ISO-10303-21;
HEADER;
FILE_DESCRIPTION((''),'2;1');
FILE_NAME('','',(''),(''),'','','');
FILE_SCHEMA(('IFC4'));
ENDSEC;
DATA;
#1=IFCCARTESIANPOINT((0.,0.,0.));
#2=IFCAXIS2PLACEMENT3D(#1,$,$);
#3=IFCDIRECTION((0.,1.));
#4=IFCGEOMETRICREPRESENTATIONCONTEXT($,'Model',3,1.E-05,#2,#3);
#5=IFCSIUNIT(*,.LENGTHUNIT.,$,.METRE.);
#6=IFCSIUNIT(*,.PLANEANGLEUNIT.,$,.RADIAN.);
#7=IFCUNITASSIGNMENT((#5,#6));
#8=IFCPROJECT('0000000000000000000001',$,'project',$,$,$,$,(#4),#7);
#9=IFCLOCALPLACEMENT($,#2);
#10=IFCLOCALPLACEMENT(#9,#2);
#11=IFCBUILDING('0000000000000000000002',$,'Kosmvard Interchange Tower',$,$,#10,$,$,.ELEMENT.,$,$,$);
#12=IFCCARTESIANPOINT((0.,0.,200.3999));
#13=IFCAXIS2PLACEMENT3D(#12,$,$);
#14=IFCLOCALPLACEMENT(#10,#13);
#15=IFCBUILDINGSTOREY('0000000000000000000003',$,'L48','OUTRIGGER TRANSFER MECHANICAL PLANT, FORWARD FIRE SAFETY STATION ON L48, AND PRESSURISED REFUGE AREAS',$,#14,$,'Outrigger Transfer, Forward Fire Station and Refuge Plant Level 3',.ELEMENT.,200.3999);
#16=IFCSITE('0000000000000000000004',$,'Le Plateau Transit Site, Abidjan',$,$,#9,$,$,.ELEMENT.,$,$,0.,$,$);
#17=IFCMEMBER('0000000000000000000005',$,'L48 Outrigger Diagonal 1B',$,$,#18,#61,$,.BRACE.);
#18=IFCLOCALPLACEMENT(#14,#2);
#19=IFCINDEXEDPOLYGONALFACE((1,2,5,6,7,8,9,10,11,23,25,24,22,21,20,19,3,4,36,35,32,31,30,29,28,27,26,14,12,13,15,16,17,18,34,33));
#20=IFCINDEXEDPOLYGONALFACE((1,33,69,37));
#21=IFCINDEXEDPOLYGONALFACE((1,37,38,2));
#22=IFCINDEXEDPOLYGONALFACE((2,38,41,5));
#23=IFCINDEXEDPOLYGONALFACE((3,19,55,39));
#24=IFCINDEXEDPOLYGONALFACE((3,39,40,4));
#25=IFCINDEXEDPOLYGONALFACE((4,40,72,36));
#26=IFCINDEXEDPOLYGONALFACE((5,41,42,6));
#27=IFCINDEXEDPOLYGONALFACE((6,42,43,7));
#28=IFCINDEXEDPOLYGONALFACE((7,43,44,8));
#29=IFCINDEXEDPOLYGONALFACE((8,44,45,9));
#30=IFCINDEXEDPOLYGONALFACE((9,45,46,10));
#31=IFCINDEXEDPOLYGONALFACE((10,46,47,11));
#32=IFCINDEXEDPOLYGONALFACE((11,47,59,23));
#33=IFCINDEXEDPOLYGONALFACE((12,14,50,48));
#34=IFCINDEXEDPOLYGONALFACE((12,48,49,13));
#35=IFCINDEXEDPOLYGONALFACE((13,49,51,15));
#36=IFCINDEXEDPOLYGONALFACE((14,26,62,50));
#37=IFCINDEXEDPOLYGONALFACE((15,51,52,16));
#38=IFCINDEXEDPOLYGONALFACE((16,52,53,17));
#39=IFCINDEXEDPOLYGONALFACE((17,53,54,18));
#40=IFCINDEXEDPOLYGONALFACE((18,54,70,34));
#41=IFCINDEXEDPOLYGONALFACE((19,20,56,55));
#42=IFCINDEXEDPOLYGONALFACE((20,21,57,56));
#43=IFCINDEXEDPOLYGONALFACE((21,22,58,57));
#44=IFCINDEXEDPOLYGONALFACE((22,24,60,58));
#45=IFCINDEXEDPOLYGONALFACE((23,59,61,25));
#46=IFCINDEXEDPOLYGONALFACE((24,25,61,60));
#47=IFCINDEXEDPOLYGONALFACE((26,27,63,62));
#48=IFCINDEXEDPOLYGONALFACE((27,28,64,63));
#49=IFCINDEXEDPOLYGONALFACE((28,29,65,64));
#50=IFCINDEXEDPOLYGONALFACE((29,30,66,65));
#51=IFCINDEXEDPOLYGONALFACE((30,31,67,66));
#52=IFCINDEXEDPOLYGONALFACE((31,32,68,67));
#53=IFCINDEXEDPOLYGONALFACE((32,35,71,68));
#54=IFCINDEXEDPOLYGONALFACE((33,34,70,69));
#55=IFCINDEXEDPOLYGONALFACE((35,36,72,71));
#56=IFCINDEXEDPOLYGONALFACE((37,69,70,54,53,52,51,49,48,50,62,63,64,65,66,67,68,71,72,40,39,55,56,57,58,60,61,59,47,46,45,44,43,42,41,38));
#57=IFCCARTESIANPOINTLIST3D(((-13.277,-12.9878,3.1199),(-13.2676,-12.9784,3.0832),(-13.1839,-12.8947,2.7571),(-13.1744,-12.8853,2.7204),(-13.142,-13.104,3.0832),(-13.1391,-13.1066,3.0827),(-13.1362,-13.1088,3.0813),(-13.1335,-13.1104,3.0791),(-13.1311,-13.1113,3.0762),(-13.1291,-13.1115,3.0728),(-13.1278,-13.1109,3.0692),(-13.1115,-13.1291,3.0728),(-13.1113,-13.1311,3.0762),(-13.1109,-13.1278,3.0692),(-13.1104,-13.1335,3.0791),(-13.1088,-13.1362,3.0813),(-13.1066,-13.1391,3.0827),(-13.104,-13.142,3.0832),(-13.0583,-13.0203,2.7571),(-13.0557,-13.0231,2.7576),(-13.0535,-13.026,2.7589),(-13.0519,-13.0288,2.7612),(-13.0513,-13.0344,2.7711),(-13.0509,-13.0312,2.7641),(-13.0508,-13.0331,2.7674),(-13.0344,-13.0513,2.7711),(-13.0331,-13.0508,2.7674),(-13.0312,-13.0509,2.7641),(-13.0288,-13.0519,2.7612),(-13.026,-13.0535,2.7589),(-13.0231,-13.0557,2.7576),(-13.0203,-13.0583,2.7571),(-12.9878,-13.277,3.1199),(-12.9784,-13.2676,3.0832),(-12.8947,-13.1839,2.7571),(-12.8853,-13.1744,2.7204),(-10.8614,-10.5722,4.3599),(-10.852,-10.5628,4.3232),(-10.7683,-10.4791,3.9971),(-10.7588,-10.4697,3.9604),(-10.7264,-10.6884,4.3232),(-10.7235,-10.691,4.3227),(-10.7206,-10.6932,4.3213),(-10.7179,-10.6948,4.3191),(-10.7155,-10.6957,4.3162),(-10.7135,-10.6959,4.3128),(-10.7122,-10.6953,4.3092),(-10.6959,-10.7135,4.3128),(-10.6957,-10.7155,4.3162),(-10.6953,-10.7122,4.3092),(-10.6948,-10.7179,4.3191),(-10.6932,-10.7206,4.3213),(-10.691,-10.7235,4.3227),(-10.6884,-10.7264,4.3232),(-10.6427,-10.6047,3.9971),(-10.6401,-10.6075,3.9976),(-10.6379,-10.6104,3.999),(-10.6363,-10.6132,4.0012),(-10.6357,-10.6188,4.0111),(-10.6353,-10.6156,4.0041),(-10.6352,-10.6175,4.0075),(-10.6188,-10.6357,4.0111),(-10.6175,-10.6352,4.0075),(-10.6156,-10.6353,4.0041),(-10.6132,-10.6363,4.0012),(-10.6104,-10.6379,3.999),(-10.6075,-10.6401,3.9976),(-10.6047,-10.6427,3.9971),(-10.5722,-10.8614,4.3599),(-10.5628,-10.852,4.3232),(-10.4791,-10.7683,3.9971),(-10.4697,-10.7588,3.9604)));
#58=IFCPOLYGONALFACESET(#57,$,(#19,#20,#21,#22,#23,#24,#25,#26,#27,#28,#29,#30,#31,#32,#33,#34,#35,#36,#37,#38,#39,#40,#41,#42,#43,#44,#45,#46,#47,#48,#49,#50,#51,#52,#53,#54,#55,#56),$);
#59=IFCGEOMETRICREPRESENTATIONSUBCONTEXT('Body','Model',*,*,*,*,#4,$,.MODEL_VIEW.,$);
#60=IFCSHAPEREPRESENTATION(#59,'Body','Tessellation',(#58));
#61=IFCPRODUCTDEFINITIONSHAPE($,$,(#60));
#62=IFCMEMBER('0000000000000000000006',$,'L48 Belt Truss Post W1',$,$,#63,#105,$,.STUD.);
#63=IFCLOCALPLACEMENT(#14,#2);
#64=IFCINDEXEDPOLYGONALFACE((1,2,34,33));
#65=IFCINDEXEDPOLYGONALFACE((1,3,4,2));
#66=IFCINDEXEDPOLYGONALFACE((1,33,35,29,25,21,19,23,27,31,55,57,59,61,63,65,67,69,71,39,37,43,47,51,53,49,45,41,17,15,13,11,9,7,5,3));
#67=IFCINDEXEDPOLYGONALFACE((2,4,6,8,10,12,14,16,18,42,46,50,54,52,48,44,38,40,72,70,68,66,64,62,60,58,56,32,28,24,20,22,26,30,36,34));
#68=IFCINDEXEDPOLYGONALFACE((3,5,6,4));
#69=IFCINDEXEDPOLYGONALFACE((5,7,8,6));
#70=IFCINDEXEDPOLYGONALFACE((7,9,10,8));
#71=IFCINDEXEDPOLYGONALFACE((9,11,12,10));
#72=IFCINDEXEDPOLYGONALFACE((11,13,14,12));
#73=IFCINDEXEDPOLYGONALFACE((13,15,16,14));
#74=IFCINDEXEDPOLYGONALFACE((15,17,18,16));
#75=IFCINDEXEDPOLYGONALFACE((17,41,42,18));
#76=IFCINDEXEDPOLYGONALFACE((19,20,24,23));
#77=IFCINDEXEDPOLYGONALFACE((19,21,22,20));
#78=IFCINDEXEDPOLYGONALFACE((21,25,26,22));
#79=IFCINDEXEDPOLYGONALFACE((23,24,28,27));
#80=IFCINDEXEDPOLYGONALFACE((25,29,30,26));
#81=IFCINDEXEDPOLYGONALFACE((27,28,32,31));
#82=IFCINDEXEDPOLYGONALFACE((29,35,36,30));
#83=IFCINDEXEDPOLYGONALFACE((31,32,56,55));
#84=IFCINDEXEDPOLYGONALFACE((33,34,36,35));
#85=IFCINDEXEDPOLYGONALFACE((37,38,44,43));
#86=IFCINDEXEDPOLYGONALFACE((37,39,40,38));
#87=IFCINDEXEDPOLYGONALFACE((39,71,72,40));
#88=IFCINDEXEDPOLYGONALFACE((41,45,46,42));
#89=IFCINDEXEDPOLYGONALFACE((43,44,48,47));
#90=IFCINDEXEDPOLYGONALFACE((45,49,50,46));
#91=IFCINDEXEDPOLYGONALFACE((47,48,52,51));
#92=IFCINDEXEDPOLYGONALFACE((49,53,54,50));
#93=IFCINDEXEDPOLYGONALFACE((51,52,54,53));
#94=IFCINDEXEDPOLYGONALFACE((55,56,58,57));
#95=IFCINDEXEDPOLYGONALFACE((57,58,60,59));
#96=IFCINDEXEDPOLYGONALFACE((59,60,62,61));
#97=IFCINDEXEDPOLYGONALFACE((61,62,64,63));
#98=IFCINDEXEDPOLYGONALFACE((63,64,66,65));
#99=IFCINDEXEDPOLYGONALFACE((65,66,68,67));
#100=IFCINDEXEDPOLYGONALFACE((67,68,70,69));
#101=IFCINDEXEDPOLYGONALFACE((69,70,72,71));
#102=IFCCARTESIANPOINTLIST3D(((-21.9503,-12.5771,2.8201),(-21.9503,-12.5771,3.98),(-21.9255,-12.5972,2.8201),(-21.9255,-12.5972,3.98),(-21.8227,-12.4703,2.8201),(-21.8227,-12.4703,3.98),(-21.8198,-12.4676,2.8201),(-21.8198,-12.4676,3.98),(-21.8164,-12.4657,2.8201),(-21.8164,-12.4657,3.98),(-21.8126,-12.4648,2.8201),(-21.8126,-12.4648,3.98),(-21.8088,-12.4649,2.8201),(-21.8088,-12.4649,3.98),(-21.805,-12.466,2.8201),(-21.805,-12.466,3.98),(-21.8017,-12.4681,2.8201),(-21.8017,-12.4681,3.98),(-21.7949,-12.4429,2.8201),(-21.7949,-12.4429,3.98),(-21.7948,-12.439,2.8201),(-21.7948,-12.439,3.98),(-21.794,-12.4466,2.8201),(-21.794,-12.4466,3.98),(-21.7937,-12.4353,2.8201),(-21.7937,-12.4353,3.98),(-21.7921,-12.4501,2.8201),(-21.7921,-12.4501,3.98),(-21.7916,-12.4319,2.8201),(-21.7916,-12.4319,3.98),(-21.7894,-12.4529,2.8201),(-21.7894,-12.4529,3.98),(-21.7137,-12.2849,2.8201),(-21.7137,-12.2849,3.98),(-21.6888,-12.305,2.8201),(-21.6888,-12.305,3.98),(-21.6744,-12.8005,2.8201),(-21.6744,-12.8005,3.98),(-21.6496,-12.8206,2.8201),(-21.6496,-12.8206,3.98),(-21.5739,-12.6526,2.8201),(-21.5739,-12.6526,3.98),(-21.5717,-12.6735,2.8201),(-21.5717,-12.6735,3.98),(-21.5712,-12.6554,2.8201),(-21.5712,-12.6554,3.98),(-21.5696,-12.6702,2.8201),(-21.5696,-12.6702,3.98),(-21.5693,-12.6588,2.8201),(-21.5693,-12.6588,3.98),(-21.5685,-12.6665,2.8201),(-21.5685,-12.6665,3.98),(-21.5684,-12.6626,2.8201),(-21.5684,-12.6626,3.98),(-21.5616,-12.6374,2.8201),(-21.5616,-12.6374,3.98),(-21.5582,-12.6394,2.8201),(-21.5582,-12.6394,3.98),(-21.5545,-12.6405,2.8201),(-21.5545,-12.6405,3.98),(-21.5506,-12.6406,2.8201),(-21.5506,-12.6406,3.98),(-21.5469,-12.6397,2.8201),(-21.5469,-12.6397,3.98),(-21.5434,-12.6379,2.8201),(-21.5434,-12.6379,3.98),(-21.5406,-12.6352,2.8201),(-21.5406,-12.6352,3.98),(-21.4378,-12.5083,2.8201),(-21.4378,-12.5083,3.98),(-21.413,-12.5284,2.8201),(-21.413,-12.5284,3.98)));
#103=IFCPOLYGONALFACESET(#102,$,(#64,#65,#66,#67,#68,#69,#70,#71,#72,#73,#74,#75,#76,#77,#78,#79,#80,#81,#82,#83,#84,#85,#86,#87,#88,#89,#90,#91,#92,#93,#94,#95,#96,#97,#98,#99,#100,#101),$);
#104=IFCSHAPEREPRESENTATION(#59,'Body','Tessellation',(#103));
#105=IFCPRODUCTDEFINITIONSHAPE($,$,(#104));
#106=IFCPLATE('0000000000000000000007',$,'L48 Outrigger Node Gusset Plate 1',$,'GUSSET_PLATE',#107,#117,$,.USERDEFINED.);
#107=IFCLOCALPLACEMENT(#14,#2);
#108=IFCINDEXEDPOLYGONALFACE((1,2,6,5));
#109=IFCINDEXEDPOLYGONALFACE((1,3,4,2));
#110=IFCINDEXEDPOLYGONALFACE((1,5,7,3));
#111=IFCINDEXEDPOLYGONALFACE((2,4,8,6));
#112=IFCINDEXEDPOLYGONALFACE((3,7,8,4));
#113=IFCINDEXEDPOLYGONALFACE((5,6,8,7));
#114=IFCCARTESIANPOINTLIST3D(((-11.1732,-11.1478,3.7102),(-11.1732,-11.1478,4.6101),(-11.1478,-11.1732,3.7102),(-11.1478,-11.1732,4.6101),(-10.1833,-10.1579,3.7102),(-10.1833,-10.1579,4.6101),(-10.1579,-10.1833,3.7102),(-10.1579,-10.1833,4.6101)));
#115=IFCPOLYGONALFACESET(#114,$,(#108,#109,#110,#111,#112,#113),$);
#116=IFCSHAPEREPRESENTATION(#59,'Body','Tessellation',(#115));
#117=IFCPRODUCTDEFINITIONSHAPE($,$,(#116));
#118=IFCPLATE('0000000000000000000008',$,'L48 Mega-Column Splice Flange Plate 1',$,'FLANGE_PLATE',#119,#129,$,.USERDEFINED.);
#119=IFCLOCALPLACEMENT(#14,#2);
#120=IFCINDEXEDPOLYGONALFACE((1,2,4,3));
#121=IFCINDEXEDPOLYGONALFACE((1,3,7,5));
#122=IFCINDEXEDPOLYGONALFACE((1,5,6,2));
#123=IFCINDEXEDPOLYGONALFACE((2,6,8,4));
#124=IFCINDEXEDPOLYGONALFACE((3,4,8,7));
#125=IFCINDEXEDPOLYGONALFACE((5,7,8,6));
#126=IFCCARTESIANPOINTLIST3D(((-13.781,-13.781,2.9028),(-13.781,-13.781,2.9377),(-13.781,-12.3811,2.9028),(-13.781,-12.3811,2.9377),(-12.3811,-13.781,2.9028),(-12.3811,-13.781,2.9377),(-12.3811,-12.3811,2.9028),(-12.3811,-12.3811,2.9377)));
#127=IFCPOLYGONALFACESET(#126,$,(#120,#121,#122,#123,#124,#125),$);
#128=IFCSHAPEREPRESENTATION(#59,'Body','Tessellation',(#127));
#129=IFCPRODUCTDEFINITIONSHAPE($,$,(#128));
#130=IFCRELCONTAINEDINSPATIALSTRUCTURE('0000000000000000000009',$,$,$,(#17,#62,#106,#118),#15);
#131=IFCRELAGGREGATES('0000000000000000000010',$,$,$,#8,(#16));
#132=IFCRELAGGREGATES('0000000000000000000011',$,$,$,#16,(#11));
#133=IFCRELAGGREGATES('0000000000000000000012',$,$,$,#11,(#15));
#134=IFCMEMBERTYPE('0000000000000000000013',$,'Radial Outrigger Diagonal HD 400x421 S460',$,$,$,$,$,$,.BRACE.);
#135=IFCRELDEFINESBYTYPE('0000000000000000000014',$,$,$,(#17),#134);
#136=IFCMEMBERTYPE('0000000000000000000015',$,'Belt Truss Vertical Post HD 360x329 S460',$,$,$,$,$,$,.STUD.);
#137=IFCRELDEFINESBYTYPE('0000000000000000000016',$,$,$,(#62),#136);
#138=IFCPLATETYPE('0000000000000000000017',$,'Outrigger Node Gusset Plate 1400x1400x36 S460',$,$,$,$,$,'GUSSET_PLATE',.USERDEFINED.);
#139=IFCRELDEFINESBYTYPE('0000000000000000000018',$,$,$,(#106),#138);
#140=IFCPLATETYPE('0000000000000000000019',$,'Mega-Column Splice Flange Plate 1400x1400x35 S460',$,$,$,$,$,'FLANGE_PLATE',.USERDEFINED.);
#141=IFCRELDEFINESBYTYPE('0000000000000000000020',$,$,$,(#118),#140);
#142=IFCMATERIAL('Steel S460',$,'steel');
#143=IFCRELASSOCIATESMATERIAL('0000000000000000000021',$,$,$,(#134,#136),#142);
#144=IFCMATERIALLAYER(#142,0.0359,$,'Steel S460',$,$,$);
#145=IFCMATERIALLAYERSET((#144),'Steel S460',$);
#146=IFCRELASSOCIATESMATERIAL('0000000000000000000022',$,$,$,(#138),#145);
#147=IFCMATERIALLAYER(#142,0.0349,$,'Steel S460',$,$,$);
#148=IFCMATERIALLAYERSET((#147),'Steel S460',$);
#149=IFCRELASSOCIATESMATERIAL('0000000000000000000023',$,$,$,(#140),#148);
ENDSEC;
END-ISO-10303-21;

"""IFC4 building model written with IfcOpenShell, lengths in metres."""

from ifc_helpers import new_model, si_unit, direction, frame, origin, origin_2d, place, context, subcontext, project, spatial, rectangle, i_section, extrude, source, transform, mapped, material, layer, layer_set, material_profile, profile_set, type_object, element, save


model = new_model("IFC4")

# Units and contexts
model_context = context("Model", 3, precision=1e-05, world=origin(), true_north=direction((0.0, 1.0)))
body_context = subcontext(model_context, "Body", "Model", "MODEL_VIEW")
ifc_project = project(units=[si_unit("LENGTHUNIT", "METRE"), si_unit("PLANEANGLEUNIT", "RADIAN")], contexts=[model_context])

# Site, building, storey
site_placement = place(None, origin())
site = spatial("IfcSite", under=ifc_project, at=site_placement, Name="Le Plateau Transit Site, Abidjan", CompositionType="ELEMENT", RefElevation=0.0)
building_placement = place(site_placement, origin())
building = spatial("IfcBuilding", under=site, at=building_placement, Name="Kosmvard Interchange Tower", CompositionType="ELEMENT")
storey_placement = place(building_placement, frame((0.0, 0.0, 200.3999)))
storey = spatial("IfcBuildingStorey", under=building, at=storey_placement, Name="L48", Description="OUTRIGGER TRANSFER MECHANICAL PLANT, FORWARD FIRE SAFETY STATION ON L48, AND PRESSURISED REFUGE AREAS", LongName="Outrigger Transfer, Forward Fire Station and Refuge Plant Level 3", CompositionType="ELEMENT", Elevation=200.3999)

# Members
ifc_material_1 = material(Name="Steel S460", Category="steel")
ifc_material_profile_1 = material_profile(ifc_material_1, i_section(OverallWidth=0.4089, OverallDepth=0.425, WebThickness=0.0239, FlangeThickness=0.0391, FilletRadius=0.0149, at=origin_2d()), Name="HD 400x421")
ifc_profile_set_1 = profile_set([ifc_material_profile_1], Name="Steel S460")
member_type_1 = type_object("IfcMemberType", Name="Radial Outrigger Diagonal HD 400x421 S460", PredefinedType="BRACE", material=ifc_profile_set_1)
shared_shape_1 = source(origin(), body_context, "Body", "SweptSolid", [
    extrude(i_section(OverallWidth=0.4089, OverallDepth=0.425, WebThickness=0.0239, FlangeThickness=0.0391, FilletRadius=0.0149, at=origin_2d()), origin(), (0.0, 0.0, 1.0), 3.6343),
])
member_1_placement = place(storey_placement, frame((-10.6655, -10.6655, 4.1602), z_axis=(-0.664673, -0.664673, -0.341204), x_axis=(0.707107, -0.707107, 0.0)))
element("IfcMember", 1, at=member_1_placement, inside=storey, type_object=member_type_1, Name="L48 Outrigger Diagonal 1B", PredefinedType="BRACE", context=body_context, shape_type="MappedRepresentation", body=[
    mapped(shared_shape_1, transform((0.0, 0.0, 0.0), scale=1.0)),
])
ifc_material_profile_2 = material_profile(ifc_material_1, i_section(OverallWidth=0.376, OverallDepth=0.387, WebThickness=0.0195, FlangeThickness=0.032, FilletRadius=0.0149, at=origin_2d()), Name="HD 360x329")
ifc_profile_set_2 = profile_set([ifc_material_profile_2], Name="Steel S460")
member_type_2 = type_object("IfcMemberType", Name="Belt Truss Vertical Post HD 360x329 S460", PredefinedType="STUD", material=ifc_profile_set_2)
shared_shape_2 = source(origin(), body_context, "Body", "SweptSolid", [
    extrude(i_section(OverallWidth=0.376, OverallDepth=0.387, WebThickness=0.0195, FlangeThickness=0.032, FilletRadius=0.0149, at=origin_2d()), origin(), (0.0, 0.0, 1.0), 1.1599),
])
member_2_placement = place(storey_placement, frame((-21.6816, -12.5527, 2.8201), z_axis=(0.0, 0.0, 1.0), x_axis=(0.62932, 0.777146, 0.0)))
element("IfcMember", 2, at=member_2_placement, inside=storey, type_object=member_type_2, Name="L48 Belt Truss Post W1", PredefinedType="STUD", context=body_context, shape_type="MappedRepresentation", body=[
    mapped(shared_shape_2, transform((0.0, 0.0, 0.0), scale=1.0)),
])

# Plates
ifc_layer_1 = layer(ifc_material_1, 0.0359, Name="Steel S460")
ifc_layer_set_1 = layer_set([ifc_layer_1], Name="Steel S460")
plate_type_1 = type_object("IfcPlateType", Name="Outrigger Node Gusset Plate 1400x1400x36 S460", ElementType="GUSSET_PLATE", PredefinedType="USERDEFINED", material=ifc_layer_set_1)
shared_shape_3 = source(origin(), body_context, "Body", "SweptSolid", [
    extrude(rectangle(XDim=1.3999, YDim=0.0359, at=origin_2d()), origin(), (0.0, 0.0, 1.0), 0.8999),
])
plate_1_placement = place(storey_placement, frame((-10.6655, -10.6655, 3.7102), z_axis=(0.0, 0.0, 1.0), x_axis=(0.707107, 0.707107, 0.0)))
element("IfcPlate", 3, at=plate_1_placement, inside=storey, type_object=plate_type_1, Name="L48 Outrigger Node Gusset Plate 1", ObjectType="GUSSET_PLATE", PredefinedType="USERDEFINED", context=body_context, shape_type="MappedRepresentation", body=[
    mapped(shared_shape_3, transform((0.0, 0.0, 0.0), scale=1.0)),
])
ifc_layer_2 = layer(ifc_material_1, 0.0349, Name="Steel S460")
ifc_layer_set_2 = layer_set([ifc_layer_2], Name="Steel S460")
plate_type_2 = type_object("IfcPlateType", Name="Mega-Column Splice Flange Plate 1400x1400x35 S460", ElementType="FLANGE_PLATE", PredefinedType="USERDEFINED", material=ifc_layer_set_2)
shared_shape_4 = source(origin(), body_context, "Body", "SweptSolid", [
    extrude(rectangle(XDim=1.3999, YDim=1.3999, at=origin_2d()), origin(), (0.0, 0.0, 1.0), 0.0349),
])
plate_2_placement = place(storey_placement, frame((-13.0811, -13.0811, 2.9028), z_axis=(0.0, 0.0, 1.0), x_axis=(1.0, 0.0, 0.0)))
element("IfcPlate", 4, at=plate_2_placement, inside=storey, type_object=plate_type_2, Name="L48 Mega-Column Splice Flange Plate 1", ObjectType="FLANGE_PLATE", PredefinedType="USERDEFINED", context=body_context, shape_type="MappedRepresentation", body=[
    mapped(shared_shape_4, transform((0.0, 0.0, 0.0), scale=1.0)),
])

save(model, "model.ifc")
